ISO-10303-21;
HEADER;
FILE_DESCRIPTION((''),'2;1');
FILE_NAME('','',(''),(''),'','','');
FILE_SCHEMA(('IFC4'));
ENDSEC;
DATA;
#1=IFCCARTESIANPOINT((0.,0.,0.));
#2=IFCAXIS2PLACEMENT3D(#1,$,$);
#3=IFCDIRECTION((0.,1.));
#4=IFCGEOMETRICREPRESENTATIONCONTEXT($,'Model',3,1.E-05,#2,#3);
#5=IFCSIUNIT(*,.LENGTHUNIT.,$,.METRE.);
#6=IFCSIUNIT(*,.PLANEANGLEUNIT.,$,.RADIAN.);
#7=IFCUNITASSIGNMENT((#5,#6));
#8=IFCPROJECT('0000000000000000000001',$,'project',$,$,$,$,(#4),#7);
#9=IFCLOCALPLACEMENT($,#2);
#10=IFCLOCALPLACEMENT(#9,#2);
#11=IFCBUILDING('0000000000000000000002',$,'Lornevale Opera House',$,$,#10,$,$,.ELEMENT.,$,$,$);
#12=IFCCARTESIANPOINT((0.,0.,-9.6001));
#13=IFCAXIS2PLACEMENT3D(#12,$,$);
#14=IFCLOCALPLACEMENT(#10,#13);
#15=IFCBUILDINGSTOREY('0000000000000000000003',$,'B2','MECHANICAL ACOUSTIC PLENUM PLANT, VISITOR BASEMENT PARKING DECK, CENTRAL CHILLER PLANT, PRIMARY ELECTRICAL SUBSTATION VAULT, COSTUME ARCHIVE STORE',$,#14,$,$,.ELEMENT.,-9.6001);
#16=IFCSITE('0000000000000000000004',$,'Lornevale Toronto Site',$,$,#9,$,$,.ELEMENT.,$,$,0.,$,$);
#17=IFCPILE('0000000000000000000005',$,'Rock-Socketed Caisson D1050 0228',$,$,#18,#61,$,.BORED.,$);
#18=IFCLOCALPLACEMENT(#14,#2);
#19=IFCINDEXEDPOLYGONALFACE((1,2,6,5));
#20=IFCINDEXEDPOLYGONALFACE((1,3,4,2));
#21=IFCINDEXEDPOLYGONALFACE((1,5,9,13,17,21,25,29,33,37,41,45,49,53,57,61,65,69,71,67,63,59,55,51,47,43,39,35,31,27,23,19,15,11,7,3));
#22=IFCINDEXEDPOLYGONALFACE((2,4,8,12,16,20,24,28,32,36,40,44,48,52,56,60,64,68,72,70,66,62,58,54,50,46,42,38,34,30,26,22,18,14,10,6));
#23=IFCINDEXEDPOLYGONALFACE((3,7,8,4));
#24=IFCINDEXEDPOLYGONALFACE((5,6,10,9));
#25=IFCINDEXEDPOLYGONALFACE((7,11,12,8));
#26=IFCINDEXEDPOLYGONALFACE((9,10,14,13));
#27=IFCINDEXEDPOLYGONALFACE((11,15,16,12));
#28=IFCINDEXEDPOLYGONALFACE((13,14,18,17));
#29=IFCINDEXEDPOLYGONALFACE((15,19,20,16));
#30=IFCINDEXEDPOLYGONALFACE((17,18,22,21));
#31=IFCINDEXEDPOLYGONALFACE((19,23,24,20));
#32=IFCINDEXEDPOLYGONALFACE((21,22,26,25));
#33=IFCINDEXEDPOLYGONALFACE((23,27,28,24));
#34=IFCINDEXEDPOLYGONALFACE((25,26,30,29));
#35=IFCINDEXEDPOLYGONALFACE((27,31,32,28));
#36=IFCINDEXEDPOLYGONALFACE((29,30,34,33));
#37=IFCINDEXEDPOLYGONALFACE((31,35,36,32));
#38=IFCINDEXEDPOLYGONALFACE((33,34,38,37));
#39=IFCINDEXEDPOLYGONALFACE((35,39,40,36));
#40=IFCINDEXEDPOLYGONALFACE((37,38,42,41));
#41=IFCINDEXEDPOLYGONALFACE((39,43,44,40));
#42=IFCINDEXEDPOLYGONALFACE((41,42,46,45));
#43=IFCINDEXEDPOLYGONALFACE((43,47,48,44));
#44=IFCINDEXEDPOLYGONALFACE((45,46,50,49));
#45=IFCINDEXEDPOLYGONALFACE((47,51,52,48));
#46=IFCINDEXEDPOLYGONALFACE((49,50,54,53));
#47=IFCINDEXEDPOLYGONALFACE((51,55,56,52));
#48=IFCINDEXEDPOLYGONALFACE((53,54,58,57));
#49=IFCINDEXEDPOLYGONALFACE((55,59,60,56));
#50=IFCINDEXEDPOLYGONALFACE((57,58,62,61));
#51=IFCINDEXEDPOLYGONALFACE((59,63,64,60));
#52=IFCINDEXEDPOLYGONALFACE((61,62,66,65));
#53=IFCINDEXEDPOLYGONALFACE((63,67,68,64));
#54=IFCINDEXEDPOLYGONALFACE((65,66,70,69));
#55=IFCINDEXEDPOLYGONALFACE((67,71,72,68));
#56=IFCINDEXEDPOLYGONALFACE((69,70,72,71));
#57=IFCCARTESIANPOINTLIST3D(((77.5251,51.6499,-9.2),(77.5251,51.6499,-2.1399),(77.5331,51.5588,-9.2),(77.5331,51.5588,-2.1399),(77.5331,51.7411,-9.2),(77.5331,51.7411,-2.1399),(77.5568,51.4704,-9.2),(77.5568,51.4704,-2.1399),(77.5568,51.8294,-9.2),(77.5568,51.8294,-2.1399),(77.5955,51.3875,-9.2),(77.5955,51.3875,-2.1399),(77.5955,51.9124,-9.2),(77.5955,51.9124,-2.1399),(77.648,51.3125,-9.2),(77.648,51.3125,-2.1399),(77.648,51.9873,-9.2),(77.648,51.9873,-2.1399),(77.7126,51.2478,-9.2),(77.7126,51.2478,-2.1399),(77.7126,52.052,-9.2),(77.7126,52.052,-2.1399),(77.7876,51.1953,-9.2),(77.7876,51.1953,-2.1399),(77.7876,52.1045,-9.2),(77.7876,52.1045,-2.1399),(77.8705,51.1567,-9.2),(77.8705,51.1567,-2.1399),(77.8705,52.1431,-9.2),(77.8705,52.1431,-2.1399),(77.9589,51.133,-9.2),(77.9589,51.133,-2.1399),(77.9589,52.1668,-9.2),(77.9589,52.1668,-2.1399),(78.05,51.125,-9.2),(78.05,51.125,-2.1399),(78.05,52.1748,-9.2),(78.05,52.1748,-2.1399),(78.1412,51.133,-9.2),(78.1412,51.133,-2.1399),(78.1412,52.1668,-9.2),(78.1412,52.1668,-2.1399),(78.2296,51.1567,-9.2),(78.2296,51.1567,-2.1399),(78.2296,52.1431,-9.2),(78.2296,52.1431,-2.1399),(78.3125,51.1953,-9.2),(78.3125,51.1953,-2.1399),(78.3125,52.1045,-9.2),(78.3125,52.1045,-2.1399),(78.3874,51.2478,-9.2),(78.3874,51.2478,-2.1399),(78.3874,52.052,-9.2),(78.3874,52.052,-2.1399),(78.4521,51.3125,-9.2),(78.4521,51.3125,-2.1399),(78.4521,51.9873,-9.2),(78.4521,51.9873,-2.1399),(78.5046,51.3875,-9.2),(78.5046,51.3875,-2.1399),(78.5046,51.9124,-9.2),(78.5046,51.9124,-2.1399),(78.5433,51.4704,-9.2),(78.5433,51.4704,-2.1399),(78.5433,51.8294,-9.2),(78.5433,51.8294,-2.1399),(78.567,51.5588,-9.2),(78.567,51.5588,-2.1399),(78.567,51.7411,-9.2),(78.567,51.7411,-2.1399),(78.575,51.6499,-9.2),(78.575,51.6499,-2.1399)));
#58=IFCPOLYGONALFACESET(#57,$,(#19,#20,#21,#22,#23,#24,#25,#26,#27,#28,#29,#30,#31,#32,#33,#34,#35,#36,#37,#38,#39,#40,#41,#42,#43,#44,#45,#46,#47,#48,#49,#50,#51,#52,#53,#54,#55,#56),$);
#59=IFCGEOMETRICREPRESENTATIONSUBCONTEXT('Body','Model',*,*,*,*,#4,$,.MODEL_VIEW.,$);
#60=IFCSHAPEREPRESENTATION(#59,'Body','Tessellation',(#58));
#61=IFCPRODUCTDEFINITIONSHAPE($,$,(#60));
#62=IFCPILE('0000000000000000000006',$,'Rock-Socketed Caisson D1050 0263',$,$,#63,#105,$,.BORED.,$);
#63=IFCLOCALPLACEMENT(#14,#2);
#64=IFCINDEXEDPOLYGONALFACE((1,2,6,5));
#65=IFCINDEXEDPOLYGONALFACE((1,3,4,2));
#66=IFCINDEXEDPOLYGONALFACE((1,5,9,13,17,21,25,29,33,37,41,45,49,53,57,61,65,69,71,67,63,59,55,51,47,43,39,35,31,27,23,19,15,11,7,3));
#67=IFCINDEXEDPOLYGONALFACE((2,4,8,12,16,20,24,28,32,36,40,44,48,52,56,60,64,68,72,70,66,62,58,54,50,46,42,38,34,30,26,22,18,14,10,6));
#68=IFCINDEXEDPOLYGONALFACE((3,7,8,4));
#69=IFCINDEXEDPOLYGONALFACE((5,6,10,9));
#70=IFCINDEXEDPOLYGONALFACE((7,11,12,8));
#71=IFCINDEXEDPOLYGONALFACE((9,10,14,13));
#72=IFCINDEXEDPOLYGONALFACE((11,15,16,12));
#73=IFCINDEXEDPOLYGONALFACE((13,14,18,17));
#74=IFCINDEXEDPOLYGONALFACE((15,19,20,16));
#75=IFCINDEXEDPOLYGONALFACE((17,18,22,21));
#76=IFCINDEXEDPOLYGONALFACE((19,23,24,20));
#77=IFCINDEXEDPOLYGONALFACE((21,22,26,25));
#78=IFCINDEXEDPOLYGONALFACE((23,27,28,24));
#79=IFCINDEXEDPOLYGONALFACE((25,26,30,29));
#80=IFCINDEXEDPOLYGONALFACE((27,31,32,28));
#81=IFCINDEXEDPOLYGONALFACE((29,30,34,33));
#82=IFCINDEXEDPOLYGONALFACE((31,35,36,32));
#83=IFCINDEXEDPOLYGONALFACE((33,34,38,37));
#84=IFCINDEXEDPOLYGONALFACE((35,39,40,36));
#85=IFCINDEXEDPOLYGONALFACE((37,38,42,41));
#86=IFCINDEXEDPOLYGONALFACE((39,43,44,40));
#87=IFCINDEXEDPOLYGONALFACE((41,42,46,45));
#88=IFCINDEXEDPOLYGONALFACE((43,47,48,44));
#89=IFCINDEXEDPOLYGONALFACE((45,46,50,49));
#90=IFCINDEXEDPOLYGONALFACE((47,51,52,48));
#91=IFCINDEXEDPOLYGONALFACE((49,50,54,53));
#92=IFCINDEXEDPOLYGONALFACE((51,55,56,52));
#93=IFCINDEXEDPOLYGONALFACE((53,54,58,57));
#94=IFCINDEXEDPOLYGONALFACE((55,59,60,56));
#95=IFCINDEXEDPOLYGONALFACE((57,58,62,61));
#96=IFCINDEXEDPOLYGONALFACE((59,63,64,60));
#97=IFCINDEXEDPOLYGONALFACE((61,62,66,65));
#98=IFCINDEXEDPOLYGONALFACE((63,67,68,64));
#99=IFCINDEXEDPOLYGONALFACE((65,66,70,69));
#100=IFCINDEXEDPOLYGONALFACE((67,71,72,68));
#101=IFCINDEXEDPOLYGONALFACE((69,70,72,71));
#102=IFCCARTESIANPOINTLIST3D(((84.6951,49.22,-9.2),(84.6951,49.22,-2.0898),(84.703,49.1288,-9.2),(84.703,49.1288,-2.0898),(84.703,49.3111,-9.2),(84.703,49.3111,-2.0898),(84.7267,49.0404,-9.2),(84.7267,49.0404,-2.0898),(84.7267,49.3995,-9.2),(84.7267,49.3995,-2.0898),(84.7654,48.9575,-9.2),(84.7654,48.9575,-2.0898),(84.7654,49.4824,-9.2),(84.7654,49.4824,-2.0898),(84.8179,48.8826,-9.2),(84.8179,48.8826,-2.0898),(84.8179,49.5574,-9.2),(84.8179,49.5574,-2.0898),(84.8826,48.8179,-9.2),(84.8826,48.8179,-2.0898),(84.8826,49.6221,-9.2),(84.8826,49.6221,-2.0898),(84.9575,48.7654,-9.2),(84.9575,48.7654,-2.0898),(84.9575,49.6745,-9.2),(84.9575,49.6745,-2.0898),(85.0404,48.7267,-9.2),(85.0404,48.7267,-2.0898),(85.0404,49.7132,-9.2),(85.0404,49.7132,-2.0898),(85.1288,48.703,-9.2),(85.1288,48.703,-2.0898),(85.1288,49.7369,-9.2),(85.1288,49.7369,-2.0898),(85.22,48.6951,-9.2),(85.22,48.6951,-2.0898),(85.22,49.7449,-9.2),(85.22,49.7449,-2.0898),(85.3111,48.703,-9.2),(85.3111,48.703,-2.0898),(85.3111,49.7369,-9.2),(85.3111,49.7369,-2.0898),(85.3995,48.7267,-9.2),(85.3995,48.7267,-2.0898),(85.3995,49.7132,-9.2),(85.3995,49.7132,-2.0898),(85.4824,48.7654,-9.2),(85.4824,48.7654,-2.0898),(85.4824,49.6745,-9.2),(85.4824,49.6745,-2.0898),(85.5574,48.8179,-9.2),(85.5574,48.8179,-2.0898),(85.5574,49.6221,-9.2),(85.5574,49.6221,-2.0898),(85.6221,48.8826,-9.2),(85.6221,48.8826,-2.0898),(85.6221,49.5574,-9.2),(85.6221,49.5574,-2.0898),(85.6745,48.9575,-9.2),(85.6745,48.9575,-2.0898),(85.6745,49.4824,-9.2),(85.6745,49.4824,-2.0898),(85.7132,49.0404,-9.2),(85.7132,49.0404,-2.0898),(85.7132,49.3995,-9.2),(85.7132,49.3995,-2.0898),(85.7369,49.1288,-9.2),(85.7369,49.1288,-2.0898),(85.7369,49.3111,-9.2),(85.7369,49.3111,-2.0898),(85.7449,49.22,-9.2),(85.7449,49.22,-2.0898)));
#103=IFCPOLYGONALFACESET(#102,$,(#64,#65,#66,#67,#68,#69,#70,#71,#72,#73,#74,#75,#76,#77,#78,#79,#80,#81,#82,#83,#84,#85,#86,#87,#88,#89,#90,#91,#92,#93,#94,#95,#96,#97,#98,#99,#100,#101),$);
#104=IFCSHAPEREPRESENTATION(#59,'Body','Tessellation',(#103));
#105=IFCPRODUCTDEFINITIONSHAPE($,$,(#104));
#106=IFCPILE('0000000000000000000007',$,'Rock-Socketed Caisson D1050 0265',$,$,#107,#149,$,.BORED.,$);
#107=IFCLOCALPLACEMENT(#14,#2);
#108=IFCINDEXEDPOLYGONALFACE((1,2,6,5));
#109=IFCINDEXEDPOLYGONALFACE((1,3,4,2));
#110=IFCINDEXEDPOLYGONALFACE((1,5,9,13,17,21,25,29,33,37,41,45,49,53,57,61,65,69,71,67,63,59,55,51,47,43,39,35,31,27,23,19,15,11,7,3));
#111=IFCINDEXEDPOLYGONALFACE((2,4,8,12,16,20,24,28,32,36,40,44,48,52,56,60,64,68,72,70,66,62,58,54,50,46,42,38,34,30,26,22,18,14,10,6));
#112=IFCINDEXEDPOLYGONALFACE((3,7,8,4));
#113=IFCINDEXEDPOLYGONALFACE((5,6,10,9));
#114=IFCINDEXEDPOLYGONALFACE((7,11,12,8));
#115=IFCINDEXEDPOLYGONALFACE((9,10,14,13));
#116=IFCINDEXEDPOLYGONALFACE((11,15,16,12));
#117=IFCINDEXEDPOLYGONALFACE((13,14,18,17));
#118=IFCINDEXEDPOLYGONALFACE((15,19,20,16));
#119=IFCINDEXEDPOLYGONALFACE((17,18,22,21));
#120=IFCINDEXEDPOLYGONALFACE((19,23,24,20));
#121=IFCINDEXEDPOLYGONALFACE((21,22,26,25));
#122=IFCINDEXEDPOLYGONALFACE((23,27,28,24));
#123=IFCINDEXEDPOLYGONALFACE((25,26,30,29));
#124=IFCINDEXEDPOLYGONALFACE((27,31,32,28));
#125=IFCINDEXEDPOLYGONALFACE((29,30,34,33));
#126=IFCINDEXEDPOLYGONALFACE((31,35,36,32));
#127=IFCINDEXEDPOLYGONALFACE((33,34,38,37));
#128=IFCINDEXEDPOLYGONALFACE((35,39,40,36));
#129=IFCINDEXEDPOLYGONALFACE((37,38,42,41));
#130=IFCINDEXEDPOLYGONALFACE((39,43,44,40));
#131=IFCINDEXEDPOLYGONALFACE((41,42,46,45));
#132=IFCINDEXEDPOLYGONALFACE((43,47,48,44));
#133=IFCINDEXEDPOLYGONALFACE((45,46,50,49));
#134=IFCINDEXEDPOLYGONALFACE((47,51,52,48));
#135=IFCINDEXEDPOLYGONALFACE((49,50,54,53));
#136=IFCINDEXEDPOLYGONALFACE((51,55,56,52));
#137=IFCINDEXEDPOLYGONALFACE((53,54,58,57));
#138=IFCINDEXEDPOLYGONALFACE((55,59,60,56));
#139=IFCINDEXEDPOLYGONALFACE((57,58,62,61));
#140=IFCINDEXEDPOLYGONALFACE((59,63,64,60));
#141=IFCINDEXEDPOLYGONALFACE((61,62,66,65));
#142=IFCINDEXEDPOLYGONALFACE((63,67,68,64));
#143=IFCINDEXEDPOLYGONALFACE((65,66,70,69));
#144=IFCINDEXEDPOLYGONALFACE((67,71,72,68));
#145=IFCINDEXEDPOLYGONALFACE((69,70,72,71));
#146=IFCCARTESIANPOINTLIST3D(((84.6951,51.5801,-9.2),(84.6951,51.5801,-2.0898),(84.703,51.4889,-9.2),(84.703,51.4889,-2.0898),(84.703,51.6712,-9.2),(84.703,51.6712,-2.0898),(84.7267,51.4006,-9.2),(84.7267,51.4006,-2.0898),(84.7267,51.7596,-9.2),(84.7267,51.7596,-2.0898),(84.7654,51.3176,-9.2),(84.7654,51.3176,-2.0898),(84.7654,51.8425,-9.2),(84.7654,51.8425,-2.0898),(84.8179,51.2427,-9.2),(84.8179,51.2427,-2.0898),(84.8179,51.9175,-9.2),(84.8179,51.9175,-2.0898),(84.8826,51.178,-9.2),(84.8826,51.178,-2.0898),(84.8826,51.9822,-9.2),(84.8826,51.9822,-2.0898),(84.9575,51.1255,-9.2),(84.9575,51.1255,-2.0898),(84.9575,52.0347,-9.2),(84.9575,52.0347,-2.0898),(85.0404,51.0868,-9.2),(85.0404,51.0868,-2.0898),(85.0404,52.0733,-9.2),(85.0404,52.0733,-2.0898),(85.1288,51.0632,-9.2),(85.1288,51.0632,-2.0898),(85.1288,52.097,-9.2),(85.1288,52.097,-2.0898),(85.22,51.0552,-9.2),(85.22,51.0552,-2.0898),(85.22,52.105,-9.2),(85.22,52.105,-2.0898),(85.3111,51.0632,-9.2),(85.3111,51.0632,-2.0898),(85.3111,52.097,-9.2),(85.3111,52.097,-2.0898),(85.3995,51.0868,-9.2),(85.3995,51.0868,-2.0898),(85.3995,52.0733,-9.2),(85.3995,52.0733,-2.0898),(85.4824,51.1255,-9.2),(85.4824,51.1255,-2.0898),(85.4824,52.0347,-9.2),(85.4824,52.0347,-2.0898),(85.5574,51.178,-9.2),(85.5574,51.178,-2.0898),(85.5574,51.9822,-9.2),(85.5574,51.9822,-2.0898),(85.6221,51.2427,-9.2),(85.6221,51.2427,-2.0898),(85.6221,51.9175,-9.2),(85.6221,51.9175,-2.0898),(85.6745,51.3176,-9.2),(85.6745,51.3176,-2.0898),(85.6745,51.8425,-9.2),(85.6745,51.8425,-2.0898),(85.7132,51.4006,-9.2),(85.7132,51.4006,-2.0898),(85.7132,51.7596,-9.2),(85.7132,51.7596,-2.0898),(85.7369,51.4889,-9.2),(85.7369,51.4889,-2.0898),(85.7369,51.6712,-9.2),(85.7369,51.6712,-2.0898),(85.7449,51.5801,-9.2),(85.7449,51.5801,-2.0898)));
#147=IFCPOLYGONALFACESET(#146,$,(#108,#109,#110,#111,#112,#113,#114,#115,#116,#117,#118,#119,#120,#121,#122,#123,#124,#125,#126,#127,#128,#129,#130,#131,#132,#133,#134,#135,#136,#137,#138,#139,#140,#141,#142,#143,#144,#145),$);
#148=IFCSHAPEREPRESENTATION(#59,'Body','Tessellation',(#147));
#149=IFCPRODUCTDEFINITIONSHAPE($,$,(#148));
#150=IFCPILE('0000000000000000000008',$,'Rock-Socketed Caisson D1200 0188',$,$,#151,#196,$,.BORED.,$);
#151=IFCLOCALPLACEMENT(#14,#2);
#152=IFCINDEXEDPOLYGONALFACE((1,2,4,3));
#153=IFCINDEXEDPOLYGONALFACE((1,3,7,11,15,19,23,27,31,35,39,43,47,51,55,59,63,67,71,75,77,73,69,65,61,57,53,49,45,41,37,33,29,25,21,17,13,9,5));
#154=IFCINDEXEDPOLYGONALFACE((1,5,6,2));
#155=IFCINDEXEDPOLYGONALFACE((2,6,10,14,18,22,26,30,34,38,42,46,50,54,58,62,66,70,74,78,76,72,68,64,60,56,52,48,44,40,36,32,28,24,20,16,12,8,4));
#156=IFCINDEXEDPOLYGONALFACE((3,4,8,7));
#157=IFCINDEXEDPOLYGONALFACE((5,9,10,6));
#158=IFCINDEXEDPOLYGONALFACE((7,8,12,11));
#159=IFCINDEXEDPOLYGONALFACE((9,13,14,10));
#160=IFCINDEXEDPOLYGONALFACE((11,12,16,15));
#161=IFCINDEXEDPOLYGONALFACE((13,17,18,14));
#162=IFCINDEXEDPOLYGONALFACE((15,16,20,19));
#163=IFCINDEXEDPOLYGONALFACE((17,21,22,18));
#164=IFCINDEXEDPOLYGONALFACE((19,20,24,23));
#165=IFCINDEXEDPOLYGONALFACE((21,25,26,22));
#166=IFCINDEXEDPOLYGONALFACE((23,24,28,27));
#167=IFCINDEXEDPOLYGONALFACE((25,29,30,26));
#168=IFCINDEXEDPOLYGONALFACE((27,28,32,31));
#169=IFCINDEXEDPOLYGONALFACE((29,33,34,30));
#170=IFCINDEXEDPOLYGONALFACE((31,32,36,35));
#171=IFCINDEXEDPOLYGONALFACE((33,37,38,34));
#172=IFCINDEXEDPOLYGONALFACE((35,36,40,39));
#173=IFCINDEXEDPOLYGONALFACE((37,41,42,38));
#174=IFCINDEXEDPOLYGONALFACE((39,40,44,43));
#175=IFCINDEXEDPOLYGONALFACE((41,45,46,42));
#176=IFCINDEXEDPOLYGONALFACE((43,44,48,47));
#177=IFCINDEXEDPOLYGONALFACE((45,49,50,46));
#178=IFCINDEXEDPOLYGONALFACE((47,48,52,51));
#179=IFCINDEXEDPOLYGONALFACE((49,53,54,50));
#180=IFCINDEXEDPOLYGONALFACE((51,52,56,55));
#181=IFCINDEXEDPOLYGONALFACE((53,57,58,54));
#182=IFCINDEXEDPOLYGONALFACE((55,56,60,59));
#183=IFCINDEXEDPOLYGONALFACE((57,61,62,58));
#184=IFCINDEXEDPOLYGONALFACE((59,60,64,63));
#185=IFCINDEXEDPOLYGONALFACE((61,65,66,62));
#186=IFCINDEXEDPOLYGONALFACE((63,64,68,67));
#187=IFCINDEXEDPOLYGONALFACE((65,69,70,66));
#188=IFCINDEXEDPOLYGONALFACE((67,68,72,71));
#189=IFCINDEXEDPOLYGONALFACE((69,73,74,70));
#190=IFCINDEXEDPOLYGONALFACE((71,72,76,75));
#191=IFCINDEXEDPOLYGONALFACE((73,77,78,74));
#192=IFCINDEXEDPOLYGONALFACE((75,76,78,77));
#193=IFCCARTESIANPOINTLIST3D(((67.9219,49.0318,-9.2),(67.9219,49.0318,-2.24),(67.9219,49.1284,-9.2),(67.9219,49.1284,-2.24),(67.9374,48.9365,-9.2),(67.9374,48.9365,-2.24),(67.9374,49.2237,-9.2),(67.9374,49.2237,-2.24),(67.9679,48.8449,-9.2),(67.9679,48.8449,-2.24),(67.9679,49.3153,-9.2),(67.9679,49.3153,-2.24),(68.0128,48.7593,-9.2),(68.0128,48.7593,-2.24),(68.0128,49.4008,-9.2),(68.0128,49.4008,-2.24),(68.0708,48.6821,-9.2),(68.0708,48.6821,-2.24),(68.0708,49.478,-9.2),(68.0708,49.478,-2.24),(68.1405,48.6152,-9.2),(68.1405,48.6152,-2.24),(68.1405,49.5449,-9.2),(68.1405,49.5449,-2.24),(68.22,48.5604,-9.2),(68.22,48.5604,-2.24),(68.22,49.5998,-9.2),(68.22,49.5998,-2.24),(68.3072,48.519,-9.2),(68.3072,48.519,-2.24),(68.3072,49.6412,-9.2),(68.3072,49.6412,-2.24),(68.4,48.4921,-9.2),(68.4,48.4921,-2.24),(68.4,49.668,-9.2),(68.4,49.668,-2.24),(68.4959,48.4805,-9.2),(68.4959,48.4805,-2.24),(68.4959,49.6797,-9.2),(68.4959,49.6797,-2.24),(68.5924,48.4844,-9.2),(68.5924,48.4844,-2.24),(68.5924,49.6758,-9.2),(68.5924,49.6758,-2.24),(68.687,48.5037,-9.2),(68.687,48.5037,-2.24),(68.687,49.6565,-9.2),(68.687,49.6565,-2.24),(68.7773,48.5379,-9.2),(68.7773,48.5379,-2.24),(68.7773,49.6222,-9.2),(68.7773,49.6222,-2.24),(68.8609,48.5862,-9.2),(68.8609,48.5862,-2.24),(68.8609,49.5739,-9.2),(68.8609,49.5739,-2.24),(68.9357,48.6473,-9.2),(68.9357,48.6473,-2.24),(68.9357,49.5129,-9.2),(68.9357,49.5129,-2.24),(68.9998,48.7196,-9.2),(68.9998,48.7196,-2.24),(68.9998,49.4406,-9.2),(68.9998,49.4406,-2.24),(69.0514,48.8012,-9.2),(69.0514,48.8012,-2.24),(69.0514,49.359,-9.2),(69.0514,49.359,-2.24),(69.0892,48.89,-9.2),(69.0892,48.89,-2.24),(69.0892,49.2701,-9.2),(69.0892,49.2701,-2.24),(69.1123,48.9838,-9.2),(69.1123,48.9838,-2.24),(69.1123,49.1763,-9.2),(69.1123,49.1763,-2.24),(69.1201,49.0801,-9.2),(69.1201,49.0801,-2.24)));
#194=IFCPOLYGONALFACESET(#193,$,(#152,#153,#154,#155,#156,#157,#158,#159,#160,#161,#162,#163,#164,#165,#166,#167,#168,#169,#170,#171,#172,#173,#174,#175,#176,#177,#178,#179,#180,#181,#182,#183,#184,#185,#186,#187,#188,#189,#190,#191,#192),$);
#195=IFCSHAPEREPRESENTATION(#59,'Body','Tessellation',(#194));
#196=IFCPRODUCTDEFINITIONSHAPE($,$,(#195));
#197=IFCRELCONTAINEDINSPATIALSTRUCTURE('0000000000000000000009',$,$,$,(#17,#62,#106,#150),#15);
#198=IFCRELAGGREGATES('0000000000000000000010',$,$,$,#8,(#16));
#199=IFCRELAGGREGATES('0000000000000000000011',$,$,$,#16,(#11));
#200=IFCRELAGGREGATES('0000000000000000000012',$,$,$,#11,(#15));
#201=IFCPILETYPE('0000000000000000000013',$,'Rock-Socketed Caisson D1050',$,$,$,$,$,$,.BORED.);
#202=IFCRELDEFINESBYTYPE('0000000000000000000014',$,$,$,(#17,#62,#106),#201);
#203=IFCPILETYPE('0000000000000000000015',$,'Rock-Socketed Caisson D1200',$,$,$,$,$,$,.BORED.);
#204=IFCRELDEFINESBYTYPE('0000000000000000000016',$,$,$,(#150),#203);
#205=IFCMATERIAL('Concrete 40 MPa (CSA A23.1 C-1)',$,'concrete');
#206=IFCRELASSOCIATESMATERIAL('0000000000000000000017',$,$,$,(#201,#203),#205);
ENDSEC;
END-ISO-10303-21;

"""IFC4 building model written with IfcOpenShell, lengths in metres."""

from ifc_helpers import new_model, si_unit, direction, frame, origin, origin_2d, place, context, subcontext, project, spatial, circle, extrude, material, material_profile, profile_set, type_object, element, save


model = new_model("IFC4")

# Units and contexts
model_context = context("Model", 3, precision=1e-05, world=origin(), true_north=direction((0.0, 1.0)))
body_context = subcontext(model_context, "Body", "Model", "MODEL_VIEW")
ifc_project = project(units=[si_unit("LENGTHUNIT", "METRE"), si_unit("PLANEANGLEUNIT", "RADIAN")], contexts=[model_context])

# Site, building, storey
site_placement = place(None, origin())
site = spatial("IfcSite", under=ifc_project, at=site_placement, Name="Lornevale Toronto Site", CompositionType="ELEMENT", RefElevation=0.0)
building_placement = place(site_placement, origin())
building = spatial("IfcBuilding", under=site, at=building_placement, Name="Lornevale Opera House", CompositionType="ELEMENT")
storey_placement = place(building_placement, frame((0.0, 0.0, -9.6001)))
storey = spatial("IfcBuildingStorey", under=building, at=storey_placement, Name="B2", Description="MECHANICAL ACOUSTIC PLENUM PLANT, VISITOR BASEMENT PARKING DECK, CENTRAL CHILLER PLANT, PRIMARY ELECTRICAL SUBSTATION VAULT, COSTUME ARCHIVE STORE", CompositionType="ELEMENT", Elevation=-9.6001)

# Piles
ifc_material_1 = material(Name="Concrete 40 MPa (CSA A23.1 C-1)", Category="concrete")
ifc_material_profile_1 = material_profile(ifc_material_1, circle(Radius=0.5249, at=origin_2d()), Name="CAIS1050")
ifc_profile_set_1 = profile_set([ifc_material_profile_1], Name="Concrete 40 MPa (CSA A23.1 C-1)")
pile_type_1 = type_object("IfcPileType", Name="Rock-Socketed Caisson D1050", PredefinedType="BORED", material=ifc_profile_set_1)
for number, where, z_axis, x_axis, name in (
    (1, (78.05, 51.6499, -2.1399), (0.0, 0.0, -1.0), (1.0, 0.0, 0.0), "Rock-Socketed Caisson D1050 0228"),
):
    element("IfcPile", number, at=place(storey_placement, frame(where, z_axis=z_axis, x_axis=x_axis)), inside=storey, type_object=pile_type_1, Name=name, PredefinedType="BORED", context=body_context, shape_type="SweptSolid", body=[
        extrude(circle(Radius=0.5249, at=origin_2d()), origin(), (0.0, 0.0, 1.0), 7.0601),
    ])
for number, where, z_axis, x_axis, name in (
    (2, (85.22, 49.22, -2.0898), (0.0, 0.0, -1.0), (1.0, 0.0, 0.0), "Rock-Socketed Caisson D1050 0263"),
    (3, (85.22, 51.5801, -2.0898), (0.0, 0.0, -1.0), (1.0, 0.0, 0.0), "Rock-Socketed Caisson D1050 0265"),
):
    element("IfcPile", number, at=place(storey_placement, frame(where, z_axis=z_axis, x_axis=x_axis)), inside=storey, type_object=pile_type_1, Name=name, PredefinedType="BORED", context=body_context, shape_type="SweptSolid", body=[
        extrude(circle(Radius=0.5249, at=origin_2d()), origin(), (0.0, 0.0, 1.0), 7.1101),
    ])
ifc_material_profile_2 = material_profile(ifc_material_1, circle(Radius=0.6001, at=origin_2d()), Name="CAIS1200")
ifc_profile_set_2 = profile_set([ifc_material_profile_2], Name="Concrete 40 MPa (CSA A23.1 C-1)")
pile_type_2 = type_object("IfcPileType", Name="Rock-Socketed Caisson D1200", PredefinedType="BORED", material=ifc_profile_set_2)
for number, where, z_axis, x_axis, name in (
    (4, (68.52, 49.0801, -2.24), (0.0, 0.0, -1.0), (1.0, 0.0, 0.0), "Rock-Socketed Caisson D1200 0188"),
):
    element("IfcPile", number, at=place(storey_placement, frame(where, z_axis=z_axis, x_axis=x_axis)), inside=storey, type_object=pile_type_2, Name=name, PredefinedType="BORED", context=body_context, shape_type="SweptSolid", body=[
        extrude(circle(Radius=0.6001, at=origin_2d()), origin(), (0.0, 0.0, 1.0), 6.96),
    ])

save(model, "model.ifc")
